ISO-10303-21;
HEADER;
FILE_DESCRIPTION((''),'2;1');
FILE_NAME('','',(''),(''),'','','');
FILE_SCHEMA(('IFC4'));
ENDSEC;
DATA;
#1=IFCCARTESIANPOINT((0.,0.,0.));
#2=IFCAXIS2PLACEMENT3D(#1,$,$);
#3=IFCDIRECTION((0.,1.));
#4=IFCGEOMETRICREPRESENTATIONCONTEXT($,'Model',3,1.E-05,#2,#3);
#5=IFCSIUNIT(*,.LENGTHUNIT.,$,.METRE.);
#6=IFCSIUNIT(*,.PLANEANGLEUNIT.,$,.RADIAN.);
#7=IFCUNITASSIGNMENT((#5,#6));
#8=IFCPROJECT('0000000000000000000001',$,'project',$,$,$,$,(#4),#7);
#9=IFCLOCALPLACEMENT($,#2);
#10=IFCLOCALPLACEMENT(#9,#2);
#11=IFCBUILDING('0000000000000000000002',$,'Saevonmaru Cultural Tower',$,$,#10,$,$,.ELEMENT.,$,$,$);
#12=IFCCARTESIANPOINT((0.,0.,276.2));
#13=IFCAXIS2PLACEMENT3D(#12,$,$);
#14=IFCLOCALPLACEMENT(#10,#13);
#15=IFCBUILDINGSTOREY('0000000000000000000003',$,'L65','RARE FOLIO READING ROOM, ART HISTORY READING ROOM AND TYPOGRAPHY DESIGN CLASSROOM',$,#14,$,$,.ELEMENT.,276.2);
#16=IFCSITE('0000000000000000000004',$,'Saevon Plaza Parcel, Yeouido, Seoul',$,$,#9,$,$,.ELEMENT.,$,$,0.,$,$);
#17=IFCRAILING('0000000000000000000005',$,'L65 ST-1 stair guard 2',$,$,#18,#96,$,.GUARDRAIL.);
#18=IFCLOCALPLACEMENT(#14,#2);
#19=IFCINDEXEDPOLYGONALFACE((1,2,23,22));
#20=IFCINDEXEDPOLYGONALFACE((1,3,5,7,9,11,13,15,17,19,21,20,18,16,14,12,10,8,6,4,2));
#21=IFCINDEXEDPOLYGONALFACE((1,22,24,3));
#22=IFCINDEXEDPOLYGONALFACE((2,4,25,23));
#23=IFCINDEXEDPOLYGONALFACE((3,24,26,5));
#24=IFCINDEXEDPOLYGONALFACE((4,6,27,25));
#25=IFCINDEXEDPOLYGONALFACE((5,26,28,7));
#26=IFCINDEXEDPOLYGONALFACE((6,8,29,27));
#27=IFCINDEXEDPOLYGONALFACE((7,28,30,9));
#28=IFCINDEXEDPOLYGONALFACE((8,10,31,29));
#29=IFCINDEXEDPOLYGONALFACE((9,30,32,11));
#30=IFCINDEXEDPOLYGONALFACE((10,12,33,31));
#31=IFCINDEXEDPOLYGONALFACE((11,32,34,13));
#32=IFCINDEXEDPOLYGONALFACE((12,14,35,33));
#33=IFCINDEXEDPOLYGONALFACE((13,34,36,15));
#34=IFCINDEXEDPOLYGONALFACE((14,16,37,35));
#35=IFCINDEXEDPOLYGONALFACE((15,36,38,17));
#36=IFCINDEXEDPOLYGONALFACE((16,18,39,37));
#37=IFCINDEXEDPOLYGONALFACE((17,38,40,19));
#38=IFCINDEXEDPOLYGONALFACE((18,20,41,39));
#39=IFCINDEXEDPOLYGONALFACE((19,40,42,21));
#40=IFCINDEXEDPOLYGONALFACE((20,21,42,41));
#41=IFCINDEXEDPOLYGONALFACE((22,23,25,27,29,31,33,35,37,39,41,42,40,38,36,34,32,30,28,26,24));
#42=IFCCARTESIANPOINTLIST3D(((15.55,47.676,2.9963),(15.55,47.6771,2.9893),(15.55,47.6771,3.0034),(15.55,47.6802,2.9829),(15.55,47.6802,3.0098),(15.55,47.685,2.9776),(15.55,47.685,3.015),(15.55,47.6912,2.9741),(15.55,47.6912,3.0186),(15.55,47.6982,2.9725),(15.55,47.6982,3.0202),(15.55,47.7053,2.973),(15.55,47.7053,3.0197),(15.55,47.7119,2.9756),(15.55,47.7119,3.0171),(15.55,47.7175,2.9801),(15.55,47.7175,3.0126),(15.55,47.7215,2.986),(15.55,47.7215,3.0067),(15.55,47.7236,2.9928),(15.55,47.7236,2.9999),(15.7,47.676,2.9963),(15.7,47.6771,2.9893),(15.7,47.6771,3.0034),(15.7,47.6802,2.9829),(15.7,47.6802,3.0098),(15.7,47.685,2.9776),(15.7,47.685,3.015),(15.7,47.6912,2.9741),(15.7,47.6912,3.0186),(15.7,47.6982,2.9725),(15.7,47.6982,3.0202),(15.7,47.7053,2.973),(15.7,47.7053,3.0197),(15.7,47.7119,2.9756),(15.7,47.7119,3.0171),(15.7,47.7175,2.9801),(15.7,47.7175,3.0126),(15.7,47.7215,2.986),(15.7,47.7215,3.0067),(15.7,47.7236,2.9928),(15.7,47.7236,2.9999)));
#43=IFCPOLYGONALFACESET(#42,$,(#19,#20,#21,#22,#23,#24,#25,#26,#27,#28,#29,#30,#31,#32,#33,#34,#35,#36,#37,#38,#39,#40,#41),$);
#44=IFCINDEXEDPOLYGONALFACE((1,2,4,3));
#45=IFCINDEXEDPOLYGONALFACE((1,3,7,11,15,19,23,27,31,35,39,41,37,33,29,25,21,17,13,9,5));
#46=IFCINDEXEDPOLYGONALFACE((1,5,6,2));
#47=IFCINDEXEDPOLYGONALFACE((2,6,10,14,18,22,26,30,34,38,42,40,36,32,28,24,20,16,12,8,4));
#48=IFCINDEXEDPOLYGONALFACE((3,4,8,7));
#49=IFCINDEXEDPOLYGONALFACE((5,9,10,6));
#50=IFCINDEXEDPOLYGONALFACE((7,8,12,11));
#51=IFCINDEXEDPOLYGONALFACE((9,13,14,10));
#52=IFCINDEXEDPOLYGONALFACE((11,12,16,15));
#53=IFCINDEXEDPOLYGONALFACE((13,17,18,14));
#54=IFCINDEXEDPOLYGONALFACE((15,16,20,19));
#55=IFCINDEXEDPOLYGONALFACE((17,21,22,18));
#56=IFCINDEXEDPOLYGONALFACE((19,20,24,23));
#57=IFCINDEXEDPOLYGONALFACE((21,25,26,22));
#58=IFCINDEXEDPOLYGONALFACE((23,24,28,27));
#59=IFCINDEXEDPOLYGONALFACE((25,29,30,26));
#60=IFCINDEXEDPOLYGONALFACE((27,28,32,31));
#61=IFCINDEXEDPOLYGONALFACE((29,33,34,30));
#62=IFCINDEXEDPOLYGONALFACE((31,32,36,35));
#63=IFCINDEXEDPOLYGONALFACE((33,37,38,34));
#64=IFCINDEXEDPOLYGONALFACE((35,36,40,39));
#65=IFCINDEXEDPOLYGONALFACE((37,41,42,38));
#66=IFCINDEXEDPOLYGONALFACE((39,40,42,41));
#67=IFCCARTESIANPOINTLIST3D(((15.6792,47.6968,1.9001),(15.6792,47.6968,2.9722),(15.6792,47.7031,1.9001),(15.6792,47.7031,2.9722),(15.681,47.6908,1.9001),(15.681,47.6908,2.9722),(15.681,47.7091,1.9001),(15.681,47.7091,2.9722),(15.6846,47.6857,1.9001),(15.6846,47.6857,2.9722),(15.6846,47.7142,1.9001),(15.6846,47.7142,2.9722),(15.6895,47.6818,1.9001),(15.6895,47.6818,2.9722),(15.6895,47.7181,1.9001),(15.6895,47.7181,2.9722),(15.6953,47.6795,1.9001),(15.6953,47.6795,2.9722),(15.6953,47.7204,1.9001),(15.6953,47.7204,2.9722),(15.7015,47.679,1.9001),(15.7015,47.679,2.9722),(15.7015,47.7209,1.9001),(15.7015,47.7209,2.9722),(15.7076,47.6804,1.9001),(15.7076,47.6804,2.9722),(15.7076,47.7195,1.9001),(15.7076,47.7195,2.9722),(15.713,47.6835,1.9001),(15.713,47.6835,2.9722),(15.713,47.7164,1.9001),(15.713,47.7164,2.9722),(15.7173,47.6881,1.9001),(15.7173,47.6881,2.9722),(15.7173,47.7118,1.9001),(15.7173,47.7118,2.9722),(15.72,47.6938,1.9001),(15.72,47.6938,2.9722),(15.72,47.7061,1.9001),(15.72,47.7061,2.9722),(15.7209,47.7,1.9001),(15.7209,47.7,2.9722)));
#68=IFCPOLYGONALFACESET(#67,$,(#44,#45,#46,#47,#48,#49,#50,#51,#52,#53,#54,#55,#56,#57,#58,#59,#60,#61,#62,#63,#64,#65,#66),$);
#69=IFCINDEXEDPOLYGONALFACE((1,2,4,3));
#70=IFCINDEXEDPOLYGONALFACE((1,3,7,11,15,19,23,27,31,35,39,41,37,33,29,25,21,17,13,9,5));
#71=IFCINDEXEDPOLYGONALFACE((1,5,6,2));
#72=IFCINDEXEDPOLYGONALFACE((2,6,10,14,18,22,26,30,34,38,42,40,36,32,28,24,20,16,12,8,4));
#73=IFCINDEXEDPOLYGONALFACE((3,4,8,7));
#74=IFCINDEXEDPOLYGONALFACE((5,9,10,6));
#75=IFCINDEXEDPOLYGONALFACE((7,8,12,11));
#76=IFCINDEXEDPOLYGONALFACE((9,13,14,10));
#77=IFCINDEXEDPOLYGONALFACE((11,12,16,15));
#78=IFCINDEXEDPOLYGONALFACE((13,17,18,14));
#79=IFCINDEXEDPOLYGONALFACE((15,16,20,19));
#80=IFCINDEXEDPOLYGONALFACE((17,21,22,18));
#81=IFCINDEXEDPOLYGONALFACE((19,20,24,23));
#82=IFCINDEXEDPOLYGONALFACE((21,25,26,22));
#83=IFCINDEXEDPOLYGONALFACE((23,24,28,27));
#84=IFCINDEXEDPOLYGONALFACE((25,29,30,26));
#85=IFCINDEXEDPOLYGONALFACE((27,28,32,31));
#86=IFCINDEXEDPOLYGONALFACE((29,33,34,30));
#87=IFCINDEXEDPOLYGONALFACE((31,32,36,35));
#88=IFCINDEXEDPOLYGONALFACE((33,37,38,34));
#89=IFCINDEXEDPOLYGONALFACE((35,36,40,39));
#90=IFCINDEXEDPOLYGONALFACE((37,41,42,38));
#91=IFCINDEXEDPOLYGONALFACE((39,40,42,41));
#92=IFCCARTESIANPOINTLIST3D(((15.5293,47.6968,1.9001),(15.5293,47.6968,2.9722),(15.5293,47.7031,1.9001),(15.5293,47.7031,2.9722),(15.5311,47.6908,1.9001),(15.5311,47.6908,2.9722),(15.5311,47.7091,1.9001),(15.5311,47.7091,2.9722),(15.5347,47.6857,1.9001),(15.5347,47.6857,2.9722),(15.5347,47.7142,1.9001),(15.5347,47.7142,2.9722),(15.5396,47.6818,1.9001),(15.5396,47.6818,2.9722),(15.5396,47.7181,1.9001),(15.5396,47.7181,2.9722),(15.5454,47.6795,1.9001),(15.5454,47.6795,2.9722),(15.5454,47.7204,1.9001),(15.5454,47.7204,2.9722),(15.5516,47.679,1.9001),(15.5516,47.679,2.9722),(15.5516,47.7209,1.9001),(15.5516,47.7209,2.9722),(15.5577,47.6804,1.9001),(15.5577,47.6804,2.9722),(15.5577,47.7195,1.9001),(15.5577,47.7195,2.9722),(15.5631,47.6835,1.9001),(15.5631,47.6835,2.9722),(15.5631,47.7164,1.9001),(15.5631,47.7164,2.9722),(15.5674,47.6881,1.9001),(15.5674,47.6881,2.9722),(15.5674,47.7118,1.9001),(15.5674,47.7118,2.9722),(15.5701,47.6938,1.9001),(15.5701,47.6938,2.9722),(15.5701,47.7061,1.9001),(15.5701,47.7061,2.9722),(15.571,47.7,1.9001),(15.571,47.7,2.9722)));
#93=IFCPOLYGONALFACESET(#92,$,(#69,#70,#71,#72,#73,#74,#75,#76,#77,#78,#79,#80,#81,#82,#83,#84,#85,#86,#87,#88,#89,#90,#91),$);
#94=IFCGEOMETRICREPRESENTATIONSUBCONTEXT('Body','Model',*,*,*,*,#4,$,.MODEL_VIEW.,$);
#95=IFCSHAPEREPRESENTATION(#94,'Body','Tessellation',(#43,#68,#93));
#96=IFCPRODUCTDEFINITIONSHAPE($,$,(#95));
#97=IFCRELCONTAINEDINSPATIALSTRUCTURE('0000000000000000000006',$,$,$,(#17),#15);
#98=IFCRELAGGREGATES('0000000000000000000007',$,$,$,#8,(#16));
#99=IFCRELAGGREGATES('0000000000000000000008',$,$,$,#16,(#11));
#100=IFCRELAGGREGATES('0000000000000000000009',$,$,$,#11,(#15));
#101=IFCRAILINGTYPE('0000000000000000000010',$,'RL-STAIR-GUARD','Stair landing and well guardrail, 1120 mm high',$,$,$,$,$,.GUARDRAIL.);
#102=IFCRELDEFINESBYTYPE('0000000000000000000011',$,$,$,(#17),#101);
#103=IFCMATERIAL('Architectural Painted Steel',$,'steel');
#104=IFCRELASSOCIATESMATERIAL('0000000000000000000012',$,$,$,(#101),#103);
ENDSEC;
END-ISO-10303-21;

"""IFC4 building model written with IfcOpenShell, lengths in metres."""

from ifc_helpers import new_model, si_unit, direction, frame, origin, origin_2d, place, context, subcontext, project, spatial, circle, extrude, material, type_object, element, save


model = new_model("IFC4")

# Units and contexts
model_context = context("Model", 3, precision=1e-05, world=origin(), true_north=direction((0.0, 1.0)))
body_context = subcontext(model_context, "Body", "Model", "MODEL_VIEW")
ifc_project = project(units=[si_unit("LENGTHUNIT", "METRE"), si_unit("PLANEANGLEUNIT", "RADIAN")], contexts=[model_context])

# Site, building, storey
site_placement = place(None, origin())
site = spatial("IfcSite", under=ifc_project, at=site_placement, Name="Saevon Plaza Parcel, Yeouido, Seoul", CompositionType="ELEMENT", RefElevation=0.0)
building_placement = place(site_placement, origin())
building = spatial("IfcBuilding", under=site, at=building_placement, Name="Saevonmaru Cultural Tower", CompositionType="ELEMENT")
storey_placement = place(building_placement, frame((0.0, 0.0, 276.2)))
storey = spatial("IfcBuildingStorey", under=building, at=storey_placement, Name="L65", Description="RARE FOLIO READING ROOM, ART HISTORY READING ROOM AND TYPOGRAPHY DESIGN CLASSROOM", CompositionType="ELEMENT", Elevation=276.2)

# Railing
ifc_material_1 = material(Name="Architectural Painted Steel", Category="steel")
railing_type_1 = type_object("IfcRailingType", Name="RL-STAIR-GUARD", Description="Stair landing and well guardrail, 1120 mm high", PredefinedType="GUARDRAIL", material=ifc_material_1)
railing_1_placement = place(storey_placement, frame((15.7, 47.7, 1.9001)))
element("IfcRailing", 1, at=railing_1_placement, inside=storey, type_object=railing_type_1, Name="L65 ST-1 stair guard 2", PredefinedType="GUARDRAIL", context=body_context, shape_type="SweptSolid", body=[
    extrude(circle(Radius=0.0239, at=origin_2d()), frame((0.0, 0.0, 1.0962), z_axis=(-1.0, 0.0, 0.0), x_axis=(0.0, -1.0, 0.0)), (0.0, 0.0, 1.0), 0.1499),
    extrude(circle(Radius=0.021, at=origin_2d()), origin(), (0.0, 0.0, 1.0), 1.072),
    extrude(circle(Radius=0.021, at=origin_2d()), frame((-0.1499, 0.0, 0.0)), (0.0, 0.0, 1.0), 1.072),
])

save(model, "model.ifc")
